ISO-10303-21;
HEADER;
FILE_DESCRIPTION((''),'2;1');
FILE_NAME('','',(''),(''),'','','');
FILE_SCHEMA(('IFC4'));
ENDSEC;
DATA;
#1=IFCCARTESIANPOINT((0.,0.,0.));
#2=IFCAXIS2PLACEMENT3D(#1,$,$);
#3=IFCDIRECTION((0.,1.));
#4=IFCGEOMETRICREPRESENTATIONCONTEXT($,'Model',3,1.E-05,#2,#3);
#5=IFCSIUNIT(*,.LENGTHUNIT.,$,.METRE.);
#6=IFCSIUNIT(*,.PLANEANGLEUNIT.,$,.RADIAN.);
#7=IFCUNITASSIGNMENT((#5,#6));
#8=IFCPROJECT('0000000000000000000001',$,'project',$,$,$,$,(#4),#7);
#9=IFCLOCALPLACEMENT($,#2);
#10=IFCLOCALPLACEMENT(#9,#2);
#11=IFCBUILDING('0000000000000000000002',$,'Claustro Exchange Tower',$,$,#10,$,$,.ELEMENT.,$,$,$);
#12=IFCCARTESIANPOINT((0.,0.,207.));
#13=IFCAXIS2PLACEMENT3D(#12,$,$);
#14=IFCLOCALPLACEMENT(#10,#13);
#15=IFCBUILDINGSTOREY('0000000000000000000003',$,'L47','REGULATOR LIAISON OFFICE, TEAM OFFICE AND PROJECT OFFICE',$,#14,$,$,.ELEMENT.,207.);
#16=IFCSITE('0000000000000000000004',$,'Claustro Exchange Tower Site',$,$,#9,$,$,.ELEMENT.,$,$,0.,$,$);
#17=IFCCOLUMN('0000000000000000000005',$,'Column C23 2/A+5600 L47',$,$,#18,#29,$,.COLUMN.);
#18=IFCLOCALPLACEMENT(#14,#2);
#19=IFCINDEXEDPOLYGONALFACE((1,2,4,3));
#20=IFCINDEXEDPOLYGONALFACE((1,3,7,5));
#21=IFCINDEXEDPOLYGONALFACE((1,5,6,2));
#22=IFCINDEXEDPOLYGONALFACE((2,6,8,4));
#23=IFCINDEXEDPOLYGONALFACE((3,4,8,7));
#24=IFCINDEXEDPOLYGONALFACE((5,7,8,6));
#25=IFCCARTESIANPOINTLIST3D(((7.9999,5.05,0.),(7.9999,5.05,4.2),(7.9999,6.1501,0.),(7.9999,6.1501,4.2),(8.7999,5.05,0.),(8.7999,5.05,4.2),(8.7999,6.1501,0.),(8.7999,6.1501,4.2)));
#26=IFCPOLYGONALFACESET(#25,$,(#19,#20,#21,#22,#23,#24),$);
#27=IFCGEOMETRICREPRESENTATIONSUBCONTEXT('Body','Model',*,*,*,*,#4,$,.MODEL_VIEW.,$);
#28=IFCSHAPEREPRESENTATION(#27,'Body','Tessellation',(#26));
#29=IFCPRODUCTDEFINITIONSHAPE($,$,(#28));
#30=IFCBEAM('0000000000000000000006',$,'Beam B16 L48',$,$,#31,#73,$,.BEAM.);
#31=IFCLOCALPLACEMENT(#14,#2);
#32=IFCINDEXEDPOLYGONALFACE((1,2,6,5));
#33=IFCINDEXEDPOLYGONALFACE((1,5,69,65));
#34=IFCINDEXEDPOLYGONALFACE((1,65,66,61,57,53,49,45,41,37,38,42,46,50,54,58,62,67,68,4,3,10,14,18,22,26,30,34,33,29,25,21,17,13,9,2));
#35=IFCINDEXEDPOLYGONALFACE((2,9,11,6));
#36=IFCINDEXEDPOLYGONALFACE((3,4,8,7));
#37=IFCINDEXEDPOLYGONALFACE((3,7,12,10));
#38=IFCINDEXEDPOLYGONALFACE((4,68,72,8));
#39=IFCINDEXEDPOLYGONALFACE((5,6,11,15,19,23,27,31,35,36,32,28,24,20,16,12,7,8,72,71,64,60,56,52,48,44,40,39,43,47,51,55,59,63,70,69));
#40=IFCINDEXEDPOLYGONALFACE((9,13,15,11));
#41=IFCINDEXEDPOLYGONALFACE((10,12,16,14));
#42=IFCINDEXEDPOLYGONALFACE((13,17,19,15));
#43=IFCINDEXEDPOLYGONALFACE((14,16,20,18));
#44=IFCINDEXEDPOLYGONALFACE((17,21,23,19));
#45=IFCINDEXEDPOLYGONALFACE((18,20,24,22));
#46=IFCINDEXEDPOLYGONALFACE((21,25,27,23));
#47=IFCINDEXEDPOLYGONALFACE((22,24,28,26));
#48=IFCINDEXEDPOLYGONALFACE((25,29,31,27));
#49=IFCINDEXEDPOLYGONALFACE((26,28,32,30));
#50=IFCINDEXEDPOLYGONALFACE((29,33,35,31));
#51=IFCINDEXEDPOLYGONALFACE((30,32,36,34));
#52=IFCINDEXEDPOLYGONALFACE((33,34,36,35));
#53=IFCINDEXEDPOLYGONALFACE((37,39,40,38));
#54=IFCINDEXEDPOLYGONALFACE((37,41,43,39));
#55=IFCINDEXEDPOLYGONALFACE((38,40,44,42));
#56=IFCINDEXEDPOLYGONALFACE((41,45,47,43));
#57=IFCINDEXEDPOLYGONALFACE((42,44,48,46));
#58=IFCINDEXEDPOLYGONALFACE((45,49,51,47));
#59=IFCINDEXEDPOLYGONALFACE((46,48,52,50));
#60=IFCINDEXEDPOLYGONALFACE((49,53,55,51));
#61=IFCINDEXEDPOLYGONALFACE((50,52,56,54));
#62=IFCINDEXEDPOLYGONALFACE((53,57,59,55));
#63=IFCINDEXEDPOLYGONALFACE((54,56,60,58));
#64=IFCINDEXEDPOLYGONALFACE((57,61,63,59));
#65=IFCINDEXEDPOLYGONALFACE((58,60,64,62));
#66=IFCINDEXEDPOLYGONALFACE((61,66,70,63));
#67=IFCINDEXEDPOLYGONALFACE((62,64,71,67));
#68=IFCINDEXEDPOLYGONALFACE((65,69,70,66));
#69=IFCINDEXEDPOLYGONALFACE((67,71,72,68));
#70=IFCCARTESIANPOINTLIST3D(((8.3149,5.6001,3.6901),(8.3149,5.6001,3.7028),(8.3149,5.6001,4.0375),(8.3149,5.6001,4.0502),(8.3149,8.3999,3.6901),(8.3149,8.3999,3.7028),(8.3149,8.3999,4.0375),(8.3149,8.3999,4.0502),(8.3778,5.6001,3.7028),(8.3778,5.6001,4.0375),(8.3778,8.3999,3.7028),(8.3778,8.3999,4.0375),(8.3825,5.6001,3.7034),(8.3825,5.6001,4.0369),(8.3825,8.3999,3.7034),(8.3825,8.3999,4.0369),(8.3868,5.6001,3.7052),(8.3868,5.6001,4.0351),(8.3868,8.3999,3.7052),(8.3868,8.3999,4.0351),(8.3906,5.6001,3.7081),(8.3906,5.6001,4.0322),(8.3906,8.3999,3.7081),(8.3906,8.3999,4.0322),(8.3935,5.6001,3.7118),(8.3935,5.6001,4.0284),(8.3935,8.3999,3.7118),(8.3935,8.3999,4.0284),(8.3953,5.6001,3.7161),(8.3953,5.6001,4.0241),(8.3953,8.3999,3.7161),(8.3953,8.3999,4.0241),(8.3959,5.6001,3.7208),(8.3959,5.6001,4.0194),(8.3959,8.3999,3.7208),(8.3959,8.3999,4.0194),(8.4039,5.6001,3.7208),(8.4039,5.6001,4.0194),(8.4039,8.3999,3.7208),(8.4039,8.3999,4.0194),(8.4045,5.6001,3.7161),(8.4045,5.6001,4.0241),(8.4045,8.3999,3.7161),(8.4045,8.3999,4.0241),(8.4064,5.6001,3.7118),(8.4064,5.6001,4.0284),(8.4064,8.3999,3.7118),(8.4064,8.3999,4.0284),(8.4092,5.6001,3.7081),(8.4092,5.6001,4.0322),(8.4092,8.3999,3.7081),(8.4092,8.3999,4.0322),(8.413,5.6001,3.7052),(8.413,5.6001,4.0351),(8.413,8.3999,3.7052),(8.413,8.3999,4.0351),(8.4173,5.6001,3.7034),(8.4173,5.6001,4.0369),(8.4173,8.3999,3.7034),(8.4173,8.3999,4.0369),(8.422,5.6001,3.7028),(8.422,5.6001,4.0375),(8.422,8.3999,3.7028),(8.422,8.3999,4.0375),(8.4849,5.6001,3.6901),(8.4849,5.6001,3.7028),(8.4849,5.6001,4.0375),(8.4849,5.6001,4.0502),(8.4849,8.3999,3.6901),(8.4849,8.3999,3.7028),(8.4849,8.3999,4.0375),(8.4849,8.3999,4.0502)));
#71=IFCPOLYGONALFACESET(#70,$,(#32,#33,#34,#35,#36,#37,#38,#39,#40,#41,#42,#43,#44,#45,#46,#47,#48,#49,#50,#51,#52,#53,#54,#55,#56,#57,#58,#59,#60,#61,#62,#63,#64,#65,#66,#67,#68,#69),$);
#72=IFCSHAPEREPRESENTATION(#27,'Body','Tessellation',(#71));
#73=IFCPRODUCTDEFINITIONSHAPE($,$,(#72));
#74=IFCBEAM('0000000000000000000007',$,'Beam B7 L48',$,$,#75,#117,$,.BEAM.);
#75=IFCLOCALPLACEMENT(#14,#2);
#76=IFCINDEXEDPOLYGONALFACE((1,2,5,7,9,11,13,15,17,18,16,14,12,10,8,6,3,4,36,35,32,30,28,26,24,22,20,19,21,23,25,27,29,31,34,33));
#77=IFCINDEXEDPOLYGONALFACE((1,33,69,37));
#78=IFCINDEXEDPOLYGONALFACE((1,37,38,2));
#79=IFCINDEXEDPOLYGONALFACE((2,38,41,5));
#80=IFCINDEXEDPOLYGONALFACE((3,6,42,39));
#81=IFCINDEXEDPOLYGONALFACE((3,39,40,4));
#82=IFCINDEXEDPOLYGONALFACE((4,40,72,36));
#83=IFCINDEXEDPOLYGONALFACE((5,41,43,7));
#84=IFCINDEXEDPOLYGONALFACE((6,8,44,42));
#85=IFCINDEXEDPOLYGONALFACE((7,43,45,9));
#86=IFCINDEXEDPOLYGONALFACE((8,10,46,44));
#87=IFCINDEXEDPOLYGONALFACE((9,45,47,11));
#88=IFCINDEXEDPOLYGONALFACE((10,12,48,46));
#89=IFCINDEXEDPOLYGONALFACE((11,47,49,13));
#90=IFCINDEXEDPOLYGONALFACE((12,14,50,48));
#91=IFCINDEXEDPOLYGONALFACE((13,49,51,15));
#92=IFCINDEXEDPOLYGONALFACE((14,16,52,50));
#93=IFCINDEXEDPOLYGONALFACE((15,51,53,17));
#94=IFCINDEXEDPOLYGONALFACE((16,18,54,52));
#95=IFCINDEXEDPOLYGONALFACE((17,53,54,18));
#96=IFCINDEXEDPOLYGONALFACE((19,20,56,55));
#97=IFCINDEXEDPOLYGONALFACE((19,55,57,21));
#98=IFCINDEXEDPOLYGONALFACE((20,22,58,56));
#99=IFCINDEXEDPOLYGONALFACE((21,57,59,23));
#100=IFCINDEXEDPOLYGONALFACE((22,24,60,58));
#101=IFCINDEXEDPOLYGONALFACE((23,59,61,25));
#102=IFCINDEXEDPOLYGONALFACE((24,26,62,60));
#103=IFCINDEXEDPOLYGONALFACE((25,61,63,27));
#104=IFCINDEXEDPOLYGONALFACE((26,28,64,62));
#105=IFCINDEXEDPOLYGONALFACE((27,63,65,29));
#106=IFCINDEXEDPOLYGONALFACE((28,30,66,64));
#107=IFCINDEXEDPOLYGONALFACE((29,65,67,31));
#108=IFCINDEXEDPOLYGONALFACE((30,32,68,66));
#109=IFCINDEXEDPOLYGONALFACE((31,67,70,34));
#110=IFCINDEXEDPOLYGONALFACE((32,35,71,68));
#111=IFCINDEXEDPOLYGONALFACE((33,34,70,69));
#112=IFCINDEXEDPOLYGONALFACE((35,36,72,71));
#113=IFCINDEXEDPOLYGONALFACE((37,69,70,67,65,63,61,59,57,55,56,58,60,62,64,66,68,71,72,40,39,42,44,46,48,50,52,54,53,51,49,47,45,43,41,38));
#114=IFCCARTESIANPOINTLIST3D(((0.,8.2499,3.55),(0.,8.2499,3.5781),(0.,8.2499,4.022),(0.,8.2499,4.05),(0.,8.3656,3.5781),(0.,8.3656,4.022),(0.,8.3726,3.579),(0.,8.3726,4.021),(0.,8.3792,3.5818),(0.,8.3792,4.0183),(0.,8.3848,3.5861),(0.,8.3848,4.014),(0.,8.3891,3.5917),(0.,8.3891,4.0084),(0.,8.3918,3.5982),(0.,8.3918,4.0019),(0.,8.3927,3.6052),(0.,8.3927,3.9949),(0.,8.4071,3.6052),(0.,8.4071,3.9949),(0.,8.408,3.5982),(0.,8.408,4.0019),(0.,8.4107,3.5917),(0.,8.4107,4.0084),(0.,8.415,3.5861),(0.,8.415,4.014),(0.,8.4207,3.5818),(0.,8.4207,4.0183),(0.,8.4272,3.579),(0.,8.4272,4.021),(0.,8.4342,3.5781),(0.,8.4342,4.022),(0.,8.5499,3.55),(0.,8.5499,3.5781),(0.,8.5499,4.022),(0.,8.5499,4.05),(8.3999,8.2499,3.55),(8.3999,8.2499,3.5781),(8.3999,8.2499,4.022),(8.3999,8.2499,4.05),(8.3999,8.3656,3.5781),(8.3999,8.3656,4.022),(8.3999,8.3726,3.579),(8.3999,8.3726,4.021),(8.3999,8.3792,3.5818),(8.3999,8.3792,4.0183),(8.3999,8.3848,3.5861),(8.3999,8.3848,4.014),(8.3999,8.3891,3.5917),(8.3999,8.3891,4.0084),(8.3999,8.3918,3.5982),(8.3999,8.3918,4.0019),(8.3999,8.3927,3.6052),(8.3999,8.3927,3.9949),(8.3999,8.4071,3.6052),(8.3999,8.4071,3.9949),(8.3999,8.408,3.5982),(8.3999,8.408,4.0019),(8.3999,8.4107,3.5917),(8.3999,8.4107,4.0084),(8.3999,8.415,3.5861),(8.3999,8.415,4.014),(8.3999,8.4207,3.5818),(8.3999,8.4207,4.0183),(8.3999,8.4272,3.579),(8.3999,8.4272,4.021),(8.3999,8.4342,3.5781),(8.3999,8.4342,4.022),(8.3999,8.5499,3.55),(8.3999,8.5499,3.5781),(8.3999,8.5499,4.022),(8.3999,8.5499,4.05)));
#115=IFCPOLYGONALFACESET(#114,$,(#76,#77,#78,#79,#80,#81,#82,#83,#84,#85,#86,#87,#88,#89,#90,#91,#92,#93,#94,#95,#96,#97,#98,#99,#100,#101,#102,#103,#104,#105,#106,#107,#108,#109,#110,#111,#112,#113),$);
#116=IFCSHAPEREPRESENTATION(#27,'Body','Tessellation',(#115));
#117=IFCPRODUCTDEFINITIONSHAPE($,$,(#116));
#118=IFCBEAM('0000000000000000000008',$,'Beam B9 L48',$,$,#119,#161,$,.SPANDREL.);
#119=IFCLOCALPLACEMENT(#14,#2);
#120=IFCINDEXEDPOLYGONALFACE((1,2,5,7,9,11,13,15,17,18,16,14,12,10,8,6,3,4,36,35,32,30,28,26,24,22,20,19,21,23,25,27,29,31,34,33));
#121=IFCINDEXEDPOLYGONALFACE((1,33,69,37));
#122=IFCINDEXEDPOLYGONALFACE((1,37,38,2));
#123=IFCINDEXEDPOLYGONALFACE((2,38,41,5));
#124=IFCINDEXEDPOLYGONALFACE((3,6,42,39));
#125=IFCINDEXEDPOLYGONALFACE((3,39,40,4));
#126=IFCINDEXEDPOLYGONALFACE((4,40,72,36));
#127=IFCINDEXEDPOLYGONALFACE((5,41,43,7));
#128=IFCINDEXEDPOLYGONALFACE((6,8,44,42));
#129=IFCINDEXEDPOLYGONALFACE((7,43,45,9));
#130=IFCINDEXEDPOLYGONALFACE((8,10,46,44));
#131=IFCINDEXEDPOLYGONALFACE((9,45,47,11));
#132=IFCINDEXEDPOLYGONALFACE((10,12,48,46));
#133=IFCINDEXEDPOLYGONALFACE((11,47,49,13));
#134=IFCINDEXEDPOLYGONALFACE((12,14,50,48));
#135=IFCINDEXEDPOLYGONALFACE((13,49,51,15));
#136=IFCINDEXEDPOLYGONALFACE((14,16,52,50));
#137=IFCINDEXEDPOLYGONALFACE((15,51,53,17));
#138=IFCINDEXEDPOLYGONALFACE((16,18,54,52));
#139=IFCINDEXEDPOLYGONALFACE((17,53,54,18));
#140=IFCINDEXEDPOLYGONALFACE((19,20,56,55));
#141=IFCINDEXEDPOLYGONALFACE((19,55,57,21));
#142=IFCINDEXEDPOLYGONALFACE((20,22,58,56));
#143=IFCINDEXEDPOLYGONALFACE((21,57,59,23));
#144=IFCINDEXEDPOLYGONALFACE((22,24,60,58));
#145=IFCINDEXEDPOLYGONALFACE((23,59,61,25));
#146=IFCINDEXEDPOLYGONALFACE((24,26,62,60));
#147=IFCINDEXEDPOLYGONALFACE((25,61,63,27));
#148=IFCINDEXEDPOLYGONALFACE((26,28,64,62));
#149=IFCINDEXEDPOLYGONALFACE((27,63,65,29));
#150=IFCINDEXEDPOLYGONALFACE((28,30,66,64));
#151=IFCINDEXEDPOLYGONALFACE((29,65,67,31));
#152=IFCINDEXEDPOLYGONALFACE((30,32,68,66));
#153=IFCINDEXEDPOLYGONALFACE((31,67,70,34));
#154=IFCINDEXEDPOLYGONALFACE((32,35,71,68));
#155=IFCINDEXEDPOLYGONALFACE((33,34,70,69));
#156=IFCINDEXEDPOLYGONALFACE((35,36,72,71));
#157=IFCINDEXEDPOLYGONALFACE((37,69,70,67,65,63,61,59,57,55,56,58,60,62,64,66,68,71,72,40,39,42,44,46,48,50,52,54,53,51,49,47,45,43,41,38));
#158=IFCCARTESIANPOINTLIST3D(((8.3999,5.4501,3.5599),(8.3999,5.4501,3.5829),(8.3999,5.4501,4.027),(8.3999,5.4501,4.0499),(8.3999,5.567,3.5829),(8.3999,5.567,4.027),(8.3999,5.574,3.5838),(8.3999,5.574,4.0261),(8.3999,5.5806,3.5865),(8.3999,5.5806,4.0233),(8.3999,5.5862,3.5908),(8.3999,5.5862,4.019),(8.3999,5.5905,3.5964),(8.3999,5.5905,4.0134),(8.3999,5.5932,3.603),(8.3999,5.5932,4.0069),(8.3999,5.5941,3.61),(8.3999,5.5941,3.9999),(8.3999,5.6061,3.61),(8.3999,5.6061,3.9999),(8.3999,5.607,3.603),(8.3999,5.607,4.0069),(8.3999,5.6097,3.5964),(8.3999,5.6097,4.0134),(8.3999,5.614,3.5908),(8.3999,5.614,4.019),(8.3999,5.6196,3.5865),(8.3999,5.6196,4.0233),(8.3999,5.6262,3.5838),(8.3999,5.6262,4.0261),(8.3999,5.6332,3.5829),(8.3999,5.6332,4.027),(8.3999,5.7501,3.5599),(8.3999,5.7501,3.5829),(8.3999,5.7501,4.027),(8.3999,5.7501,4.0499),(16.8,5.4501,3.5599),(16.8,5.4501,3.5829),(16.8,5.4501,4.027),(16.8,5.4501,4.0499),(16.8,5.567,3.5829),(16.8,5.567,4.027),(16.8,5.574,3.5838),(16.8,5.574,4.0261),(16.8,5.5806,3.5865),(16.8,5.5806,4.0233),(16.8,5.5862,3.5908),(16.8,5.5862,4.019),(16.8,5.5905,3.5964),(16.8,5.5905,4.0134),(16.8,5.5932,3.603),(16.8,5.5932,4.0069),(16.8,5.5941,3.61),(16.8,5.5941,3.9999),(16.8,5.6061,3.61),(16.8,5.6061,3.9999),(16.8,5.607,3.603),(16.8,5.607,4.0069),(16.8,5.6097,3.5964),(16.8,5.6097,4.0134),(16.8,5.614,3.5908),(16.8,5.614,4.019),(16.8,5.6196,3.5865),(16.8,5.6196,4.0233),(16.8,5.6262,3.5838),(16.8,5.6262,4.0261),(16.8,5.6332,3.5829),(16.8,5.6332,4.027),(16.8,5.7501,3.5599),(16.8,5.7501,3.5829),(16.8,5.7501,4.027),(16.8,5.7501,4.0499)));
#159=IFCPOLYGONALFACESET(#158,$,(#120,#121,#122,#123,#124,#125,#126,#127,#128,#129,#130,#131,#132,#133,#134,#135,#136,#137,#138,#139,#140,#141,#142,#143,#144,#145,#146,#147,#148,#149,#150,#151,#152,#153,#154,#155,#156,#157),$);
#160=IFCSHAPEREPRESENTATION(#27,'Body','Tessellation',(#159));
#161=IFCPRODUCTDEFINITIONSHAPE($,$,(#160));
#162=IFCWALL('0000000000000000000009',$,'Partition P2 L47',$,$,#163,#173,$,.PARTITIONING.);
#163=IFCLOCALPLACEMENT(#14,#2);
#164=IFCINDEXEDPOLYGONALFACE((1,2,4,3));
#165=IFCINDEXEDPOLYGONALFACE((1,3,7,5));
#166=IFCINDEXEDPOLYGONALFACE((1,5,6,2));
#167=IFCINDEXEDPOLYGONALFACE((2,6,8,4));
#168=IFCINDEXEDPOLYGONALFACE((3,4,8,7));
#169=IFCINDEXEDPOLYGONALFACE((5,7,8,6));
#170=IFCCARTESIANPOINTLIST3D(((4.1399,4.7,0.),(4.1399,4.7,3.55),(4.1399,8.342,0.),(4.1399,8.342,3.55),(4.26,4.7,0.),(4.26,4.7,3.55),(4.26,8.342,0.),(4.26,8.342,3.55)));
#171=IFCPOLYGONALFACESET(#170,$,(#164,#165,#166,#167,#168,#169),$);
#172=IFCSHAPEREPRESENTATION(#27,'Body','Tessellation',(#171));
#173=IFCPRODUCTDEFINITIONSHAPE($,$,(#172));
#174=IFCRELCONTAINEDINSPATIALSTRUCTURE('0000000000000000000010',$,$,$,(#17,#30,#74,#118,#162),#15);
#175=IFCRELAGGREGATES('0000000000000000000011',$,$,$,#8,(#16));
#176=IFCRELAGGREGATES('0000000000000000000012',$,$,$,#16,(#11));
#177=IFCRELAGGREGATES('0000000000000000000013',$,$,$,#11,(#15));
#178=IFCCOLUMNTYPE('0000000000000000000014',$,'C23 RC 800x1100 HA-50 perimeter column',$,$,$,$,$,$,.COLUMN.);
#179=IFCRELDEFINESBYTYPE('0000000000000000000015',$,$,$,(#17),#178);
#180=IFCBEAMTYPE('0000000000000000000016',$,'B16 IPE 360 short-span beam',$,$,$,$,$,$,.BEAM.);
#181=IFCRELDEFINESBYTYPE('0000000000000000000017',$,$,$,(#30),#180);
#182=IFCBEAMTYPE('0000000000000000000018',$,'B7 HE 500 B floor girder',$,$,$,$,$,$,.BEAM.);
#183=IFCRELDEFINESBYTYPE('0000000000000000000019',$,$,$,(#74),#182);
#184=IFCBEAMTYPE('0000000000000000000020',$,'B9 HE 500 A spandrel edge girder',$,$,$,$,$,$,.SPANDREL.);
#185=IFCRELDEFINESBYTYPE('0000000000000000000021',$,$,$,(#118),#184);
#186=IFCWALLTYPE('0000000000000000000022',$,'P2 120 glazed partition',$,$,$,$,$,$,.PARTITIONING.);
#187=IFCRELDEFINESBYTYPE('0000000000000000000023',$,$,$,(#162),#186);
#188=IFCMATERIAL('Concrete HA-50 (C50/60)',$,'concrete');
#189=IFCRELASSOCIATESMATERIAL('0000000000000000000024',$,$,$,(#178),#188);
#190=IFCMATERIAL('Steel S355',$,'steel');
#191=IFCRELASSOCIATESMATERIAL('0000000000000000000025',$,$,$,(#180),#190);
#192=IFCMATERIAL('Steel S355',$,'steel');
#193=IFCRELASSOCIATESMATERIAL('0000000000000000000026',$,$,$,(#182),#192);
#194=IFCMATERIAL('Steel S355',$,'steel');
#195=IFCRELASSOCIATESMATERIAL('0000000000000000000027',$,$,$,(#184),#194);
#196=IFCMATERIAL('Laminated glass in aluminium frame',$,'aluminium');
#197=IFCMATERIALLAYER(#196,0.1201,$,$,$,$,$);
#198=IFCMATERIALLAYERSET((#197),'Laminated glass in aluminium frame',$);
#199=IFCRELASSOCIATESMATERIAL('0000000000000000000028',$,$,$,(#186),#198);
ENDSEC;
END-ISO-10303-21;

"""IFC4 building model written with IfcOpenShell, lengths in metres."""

from ifc_helpers import new_model, si_unit, direction, frame, frame_2d, origin, origin_2d, place, context, subcontext, project, spatial, rectangle, i_section, extrude, material, layer, layer_set, material_profile, profile_set, type_object, element, save


model = new_model("IFC4")

# Units and contexts
model_context = context("Model", 3, precision=1e-05, world=origin(), true_north=direction((0.0, 1.0)))
body_context = subcontext(model_context, "Body", "Model", "MODEL_VIEW")
ifc_project = project(units=[si_unit("LENGTHUNIT", "METRE"), si_unit("PLANEANGLEUNIT", "RADIAN")], contexts=[model_context])

# Site, building, storey
site_placement = place(None, origin())
site = spatial("IfcSite", under=ifc_project, at=site_placement, Name="Claustro Exchange Tower Site", CompositionType="ELEMENT", RefElevation=0.0)
building_placement = place(site_placement, origin())
building = spatial("IfcBuilding", under=site, at=building_placement, Name="Claustro Exchange Tower", CompositionType="ELEMENT")
storey_placement = place(building_placement, frame((0.0, 0.0, 207.0)))
storey = spatial("IfcBuildingStorey", under=building, at=storey_placement, Name="L47", Description="REGULATOR LIAISON OFFICE, TEAM OFFICE AND PROJECT OFFICE", CompositionType="ELEMENT", Elevation=207.0)

# Column
ifc_material_1 = material(Name="Concrete HA-50 (C50/60)", Category="concrete")
ifc_material_profile_1 = material_profile(ifc_material_1, rectangle(XDim=0.8, YDim=1.1001, at=origin_2d()), Name="RC 800x1100")
ifc_profile_set_1 = profile_set([ifc_material_profile_1], Name="Concrete HA-50 (C50/60)")
column_type = type_object("IfcColumnType", Name="C23 RC 800x1100 HA-50 perimeter column", PredefinedType="COLUMN", material=ifc_profile_set_1)
column_placement = place(storey_placement, frame((8.3999, 5.6001, 0.0), z_axis=(0.0, 0.0, 1.0), x_axis=(1.0, 0.0, 0.0)))
element("IfcColumn", 1, at=column_placement, inside=storey, type_object=column_type, Name="Column C23 2/A+5600 L47", PredefinedType="COLUMN", context=body_context, shape_type="SweptSolid", body=[
    extrude(rectangle(XDim=0.8, YDim=1.1001, at=origin_2d()), origin(), (0.0, 0.0, 1.0), 4.2),
])

# Beams
ifc_material_2 = material(Name="Steel S355", Category="steel")
ifc_material_profile_2 = material_profile(ifc_material_2, i_section(OverallWidth=0.1699, OverallDepth=0.3601, WebThickness=0.0081, FlangeThickness=0.0127, FilletRadius=0.0181, at=origin_2d()), Name="IPE 360")
ifc_profile_set_2 = profile_set([ifc_material_profile_2], Name="Steel S355")
beam_type_1 = type_object("IfcBeamType", Name="B16 IPE 360 short-span beam", PredefinedType="BEAM", material=ifc_profile_set_2)
beam_1_placement = place(storey_placement, frame((8.3999, 5.6001, 3.8701), z_axis=(0.0, 1.0, 0.0), x_axis=(-1.0, 0.0, 0.0)))
element("IfcBeam", 2, at=beam_1_placement, inside=storey, type_object=beam_type_1, Name="Beam B16 L48", PredefinedType="BEAM", context=body_context, shape_type="SweptSolid", body=[
    extrude(i_section(OverallWidth=0.1699, OverallDepth=0.3601, WebThickness=0.0081, FlangeThickness=0.0127, FilletRadius=0.0181, at=origin_2d()), origin(), (0.0, 0.0, 1.0), 2.7998),
])
ifc_material_3 = material(Name="Steel S355", Category="steel")
ifc_material_profile_3 = material_profile(ifc_material_3, i_section(OverallWidth=0.3, OverallDepth=0.5, WebThickness=0.0144, FlangeThickness=0.0281, FilletRadius=0.0271, at=origin_2d()), Name="HE 500 B")
ifc_profile_set_3 = profile_set([ifc_material_profile_3], Name="Steel S355")
beam_type_2 = type_object("IfcBeamType", Name="B7 HE 500 B floor girder", PredefinedType="BEAM", material=ifc_profile_set_3)
beam_2_placement = place(storey_placement, frame((0.0, 8.3999, 3.8), z_axis=(1.0, 0.0, 0.0), x_axis=(0.0, 1.0, 0.0)))
element("IfcBeam", 3, at=beam_2_placement, inside=storey, type_object=beam_type_2, Name="Beam B7 L48", PredefinedType="BEAM", context=body_context, shape_type="SweptSolid", body=[
    extrude(i_section(OverallWidth=0.3, OverallDepth=0.5, WebThickness=0.0144, FlangeThickness=0.0281, FilletRadius=0.0271, at=origin_2d()), origin(), (0.0, 0.0, 1.0), 8.3999),
])
ifc_material_4 = material(Name="Steel S355", Category="steel")
ifc_material_profile_4 = material_profile(ifc_material_4, i_section(OverallWidth=0.3, OverallDepth=0.49, WebThickness=0.012, FlangeThickness=0.0229, FilletRadius=0.0271, at=origin_2d()), Name="HE 500 A")
ifc_profile_set_4 = profile_set([ifc_material_profile_4], Name="Steel S355")
beam_type_3 = type_object("IfcBeamType", Name="B9 HE 500 A spandrel edge girder", PredefinedType="SPANDREL", material=ifc_profile_set_4)
beam_3_placement = place(storey_placement, frame((8.3999, 5.6001, 3.8049), z_axis=(1.0, 0.0, 0.0), x_axis=(0.0, 1.0, 0.0)))
element("IfcBeam", 4, at=beam_3_placement, inside=storey, type_object=beam_type_3, Name="Beam B9 L48", PredefinedType="SPANDREL", context=body_context, shape_type="SweptSolid", body=[
    extrude(i_section(OverallWidth=0.3, OverallDepth=0.49, WebThickness=0.012, FlangeThickness=0.0229, FilletRadius=0.0271, at=origin_2d()), origin(), (0.0, 0.0, 1.0), 8.4001),
])

# Shared definitions
ifc_material_5 = material(Name="Laminated glass in aluminium frame", Category="aluminium")
ifc_layer_1 = layer(ifc_material_5, 0.1201)
ifc_layer_set_1 = layer_set([ifc_layer_1], Name="Laminated glass in aluminium frame")
wall_type_1 = type_object("IfcWallType", Name="P2 120 glazed partition", PredefinedType="PARTITIONING", material=ifc_layer_set_1)

# Wall
wall_1_placement = place(storey_placement, frame((4.2, 4.7, 0.0), z_axis=(0.0, 0.0, 1.0), x_axis=(0.0, 1.0, 0.0)))
element("IfcWall", 5, at=wall_1_placement, inside=storey, type_object=wall_type_1, Name="Partition P2 L47", PredefinedType="PARTITIONING", context=body_context, shape_type="SweptSolid", body=[
    extrude(rectangle(XDim=3.6421, YDim=0.1201, at=frame_2d((1.821, 0.0))), origin(), (0.0, 0.0, 1.0), 3.55),
])

save(model, "model.ifc")
